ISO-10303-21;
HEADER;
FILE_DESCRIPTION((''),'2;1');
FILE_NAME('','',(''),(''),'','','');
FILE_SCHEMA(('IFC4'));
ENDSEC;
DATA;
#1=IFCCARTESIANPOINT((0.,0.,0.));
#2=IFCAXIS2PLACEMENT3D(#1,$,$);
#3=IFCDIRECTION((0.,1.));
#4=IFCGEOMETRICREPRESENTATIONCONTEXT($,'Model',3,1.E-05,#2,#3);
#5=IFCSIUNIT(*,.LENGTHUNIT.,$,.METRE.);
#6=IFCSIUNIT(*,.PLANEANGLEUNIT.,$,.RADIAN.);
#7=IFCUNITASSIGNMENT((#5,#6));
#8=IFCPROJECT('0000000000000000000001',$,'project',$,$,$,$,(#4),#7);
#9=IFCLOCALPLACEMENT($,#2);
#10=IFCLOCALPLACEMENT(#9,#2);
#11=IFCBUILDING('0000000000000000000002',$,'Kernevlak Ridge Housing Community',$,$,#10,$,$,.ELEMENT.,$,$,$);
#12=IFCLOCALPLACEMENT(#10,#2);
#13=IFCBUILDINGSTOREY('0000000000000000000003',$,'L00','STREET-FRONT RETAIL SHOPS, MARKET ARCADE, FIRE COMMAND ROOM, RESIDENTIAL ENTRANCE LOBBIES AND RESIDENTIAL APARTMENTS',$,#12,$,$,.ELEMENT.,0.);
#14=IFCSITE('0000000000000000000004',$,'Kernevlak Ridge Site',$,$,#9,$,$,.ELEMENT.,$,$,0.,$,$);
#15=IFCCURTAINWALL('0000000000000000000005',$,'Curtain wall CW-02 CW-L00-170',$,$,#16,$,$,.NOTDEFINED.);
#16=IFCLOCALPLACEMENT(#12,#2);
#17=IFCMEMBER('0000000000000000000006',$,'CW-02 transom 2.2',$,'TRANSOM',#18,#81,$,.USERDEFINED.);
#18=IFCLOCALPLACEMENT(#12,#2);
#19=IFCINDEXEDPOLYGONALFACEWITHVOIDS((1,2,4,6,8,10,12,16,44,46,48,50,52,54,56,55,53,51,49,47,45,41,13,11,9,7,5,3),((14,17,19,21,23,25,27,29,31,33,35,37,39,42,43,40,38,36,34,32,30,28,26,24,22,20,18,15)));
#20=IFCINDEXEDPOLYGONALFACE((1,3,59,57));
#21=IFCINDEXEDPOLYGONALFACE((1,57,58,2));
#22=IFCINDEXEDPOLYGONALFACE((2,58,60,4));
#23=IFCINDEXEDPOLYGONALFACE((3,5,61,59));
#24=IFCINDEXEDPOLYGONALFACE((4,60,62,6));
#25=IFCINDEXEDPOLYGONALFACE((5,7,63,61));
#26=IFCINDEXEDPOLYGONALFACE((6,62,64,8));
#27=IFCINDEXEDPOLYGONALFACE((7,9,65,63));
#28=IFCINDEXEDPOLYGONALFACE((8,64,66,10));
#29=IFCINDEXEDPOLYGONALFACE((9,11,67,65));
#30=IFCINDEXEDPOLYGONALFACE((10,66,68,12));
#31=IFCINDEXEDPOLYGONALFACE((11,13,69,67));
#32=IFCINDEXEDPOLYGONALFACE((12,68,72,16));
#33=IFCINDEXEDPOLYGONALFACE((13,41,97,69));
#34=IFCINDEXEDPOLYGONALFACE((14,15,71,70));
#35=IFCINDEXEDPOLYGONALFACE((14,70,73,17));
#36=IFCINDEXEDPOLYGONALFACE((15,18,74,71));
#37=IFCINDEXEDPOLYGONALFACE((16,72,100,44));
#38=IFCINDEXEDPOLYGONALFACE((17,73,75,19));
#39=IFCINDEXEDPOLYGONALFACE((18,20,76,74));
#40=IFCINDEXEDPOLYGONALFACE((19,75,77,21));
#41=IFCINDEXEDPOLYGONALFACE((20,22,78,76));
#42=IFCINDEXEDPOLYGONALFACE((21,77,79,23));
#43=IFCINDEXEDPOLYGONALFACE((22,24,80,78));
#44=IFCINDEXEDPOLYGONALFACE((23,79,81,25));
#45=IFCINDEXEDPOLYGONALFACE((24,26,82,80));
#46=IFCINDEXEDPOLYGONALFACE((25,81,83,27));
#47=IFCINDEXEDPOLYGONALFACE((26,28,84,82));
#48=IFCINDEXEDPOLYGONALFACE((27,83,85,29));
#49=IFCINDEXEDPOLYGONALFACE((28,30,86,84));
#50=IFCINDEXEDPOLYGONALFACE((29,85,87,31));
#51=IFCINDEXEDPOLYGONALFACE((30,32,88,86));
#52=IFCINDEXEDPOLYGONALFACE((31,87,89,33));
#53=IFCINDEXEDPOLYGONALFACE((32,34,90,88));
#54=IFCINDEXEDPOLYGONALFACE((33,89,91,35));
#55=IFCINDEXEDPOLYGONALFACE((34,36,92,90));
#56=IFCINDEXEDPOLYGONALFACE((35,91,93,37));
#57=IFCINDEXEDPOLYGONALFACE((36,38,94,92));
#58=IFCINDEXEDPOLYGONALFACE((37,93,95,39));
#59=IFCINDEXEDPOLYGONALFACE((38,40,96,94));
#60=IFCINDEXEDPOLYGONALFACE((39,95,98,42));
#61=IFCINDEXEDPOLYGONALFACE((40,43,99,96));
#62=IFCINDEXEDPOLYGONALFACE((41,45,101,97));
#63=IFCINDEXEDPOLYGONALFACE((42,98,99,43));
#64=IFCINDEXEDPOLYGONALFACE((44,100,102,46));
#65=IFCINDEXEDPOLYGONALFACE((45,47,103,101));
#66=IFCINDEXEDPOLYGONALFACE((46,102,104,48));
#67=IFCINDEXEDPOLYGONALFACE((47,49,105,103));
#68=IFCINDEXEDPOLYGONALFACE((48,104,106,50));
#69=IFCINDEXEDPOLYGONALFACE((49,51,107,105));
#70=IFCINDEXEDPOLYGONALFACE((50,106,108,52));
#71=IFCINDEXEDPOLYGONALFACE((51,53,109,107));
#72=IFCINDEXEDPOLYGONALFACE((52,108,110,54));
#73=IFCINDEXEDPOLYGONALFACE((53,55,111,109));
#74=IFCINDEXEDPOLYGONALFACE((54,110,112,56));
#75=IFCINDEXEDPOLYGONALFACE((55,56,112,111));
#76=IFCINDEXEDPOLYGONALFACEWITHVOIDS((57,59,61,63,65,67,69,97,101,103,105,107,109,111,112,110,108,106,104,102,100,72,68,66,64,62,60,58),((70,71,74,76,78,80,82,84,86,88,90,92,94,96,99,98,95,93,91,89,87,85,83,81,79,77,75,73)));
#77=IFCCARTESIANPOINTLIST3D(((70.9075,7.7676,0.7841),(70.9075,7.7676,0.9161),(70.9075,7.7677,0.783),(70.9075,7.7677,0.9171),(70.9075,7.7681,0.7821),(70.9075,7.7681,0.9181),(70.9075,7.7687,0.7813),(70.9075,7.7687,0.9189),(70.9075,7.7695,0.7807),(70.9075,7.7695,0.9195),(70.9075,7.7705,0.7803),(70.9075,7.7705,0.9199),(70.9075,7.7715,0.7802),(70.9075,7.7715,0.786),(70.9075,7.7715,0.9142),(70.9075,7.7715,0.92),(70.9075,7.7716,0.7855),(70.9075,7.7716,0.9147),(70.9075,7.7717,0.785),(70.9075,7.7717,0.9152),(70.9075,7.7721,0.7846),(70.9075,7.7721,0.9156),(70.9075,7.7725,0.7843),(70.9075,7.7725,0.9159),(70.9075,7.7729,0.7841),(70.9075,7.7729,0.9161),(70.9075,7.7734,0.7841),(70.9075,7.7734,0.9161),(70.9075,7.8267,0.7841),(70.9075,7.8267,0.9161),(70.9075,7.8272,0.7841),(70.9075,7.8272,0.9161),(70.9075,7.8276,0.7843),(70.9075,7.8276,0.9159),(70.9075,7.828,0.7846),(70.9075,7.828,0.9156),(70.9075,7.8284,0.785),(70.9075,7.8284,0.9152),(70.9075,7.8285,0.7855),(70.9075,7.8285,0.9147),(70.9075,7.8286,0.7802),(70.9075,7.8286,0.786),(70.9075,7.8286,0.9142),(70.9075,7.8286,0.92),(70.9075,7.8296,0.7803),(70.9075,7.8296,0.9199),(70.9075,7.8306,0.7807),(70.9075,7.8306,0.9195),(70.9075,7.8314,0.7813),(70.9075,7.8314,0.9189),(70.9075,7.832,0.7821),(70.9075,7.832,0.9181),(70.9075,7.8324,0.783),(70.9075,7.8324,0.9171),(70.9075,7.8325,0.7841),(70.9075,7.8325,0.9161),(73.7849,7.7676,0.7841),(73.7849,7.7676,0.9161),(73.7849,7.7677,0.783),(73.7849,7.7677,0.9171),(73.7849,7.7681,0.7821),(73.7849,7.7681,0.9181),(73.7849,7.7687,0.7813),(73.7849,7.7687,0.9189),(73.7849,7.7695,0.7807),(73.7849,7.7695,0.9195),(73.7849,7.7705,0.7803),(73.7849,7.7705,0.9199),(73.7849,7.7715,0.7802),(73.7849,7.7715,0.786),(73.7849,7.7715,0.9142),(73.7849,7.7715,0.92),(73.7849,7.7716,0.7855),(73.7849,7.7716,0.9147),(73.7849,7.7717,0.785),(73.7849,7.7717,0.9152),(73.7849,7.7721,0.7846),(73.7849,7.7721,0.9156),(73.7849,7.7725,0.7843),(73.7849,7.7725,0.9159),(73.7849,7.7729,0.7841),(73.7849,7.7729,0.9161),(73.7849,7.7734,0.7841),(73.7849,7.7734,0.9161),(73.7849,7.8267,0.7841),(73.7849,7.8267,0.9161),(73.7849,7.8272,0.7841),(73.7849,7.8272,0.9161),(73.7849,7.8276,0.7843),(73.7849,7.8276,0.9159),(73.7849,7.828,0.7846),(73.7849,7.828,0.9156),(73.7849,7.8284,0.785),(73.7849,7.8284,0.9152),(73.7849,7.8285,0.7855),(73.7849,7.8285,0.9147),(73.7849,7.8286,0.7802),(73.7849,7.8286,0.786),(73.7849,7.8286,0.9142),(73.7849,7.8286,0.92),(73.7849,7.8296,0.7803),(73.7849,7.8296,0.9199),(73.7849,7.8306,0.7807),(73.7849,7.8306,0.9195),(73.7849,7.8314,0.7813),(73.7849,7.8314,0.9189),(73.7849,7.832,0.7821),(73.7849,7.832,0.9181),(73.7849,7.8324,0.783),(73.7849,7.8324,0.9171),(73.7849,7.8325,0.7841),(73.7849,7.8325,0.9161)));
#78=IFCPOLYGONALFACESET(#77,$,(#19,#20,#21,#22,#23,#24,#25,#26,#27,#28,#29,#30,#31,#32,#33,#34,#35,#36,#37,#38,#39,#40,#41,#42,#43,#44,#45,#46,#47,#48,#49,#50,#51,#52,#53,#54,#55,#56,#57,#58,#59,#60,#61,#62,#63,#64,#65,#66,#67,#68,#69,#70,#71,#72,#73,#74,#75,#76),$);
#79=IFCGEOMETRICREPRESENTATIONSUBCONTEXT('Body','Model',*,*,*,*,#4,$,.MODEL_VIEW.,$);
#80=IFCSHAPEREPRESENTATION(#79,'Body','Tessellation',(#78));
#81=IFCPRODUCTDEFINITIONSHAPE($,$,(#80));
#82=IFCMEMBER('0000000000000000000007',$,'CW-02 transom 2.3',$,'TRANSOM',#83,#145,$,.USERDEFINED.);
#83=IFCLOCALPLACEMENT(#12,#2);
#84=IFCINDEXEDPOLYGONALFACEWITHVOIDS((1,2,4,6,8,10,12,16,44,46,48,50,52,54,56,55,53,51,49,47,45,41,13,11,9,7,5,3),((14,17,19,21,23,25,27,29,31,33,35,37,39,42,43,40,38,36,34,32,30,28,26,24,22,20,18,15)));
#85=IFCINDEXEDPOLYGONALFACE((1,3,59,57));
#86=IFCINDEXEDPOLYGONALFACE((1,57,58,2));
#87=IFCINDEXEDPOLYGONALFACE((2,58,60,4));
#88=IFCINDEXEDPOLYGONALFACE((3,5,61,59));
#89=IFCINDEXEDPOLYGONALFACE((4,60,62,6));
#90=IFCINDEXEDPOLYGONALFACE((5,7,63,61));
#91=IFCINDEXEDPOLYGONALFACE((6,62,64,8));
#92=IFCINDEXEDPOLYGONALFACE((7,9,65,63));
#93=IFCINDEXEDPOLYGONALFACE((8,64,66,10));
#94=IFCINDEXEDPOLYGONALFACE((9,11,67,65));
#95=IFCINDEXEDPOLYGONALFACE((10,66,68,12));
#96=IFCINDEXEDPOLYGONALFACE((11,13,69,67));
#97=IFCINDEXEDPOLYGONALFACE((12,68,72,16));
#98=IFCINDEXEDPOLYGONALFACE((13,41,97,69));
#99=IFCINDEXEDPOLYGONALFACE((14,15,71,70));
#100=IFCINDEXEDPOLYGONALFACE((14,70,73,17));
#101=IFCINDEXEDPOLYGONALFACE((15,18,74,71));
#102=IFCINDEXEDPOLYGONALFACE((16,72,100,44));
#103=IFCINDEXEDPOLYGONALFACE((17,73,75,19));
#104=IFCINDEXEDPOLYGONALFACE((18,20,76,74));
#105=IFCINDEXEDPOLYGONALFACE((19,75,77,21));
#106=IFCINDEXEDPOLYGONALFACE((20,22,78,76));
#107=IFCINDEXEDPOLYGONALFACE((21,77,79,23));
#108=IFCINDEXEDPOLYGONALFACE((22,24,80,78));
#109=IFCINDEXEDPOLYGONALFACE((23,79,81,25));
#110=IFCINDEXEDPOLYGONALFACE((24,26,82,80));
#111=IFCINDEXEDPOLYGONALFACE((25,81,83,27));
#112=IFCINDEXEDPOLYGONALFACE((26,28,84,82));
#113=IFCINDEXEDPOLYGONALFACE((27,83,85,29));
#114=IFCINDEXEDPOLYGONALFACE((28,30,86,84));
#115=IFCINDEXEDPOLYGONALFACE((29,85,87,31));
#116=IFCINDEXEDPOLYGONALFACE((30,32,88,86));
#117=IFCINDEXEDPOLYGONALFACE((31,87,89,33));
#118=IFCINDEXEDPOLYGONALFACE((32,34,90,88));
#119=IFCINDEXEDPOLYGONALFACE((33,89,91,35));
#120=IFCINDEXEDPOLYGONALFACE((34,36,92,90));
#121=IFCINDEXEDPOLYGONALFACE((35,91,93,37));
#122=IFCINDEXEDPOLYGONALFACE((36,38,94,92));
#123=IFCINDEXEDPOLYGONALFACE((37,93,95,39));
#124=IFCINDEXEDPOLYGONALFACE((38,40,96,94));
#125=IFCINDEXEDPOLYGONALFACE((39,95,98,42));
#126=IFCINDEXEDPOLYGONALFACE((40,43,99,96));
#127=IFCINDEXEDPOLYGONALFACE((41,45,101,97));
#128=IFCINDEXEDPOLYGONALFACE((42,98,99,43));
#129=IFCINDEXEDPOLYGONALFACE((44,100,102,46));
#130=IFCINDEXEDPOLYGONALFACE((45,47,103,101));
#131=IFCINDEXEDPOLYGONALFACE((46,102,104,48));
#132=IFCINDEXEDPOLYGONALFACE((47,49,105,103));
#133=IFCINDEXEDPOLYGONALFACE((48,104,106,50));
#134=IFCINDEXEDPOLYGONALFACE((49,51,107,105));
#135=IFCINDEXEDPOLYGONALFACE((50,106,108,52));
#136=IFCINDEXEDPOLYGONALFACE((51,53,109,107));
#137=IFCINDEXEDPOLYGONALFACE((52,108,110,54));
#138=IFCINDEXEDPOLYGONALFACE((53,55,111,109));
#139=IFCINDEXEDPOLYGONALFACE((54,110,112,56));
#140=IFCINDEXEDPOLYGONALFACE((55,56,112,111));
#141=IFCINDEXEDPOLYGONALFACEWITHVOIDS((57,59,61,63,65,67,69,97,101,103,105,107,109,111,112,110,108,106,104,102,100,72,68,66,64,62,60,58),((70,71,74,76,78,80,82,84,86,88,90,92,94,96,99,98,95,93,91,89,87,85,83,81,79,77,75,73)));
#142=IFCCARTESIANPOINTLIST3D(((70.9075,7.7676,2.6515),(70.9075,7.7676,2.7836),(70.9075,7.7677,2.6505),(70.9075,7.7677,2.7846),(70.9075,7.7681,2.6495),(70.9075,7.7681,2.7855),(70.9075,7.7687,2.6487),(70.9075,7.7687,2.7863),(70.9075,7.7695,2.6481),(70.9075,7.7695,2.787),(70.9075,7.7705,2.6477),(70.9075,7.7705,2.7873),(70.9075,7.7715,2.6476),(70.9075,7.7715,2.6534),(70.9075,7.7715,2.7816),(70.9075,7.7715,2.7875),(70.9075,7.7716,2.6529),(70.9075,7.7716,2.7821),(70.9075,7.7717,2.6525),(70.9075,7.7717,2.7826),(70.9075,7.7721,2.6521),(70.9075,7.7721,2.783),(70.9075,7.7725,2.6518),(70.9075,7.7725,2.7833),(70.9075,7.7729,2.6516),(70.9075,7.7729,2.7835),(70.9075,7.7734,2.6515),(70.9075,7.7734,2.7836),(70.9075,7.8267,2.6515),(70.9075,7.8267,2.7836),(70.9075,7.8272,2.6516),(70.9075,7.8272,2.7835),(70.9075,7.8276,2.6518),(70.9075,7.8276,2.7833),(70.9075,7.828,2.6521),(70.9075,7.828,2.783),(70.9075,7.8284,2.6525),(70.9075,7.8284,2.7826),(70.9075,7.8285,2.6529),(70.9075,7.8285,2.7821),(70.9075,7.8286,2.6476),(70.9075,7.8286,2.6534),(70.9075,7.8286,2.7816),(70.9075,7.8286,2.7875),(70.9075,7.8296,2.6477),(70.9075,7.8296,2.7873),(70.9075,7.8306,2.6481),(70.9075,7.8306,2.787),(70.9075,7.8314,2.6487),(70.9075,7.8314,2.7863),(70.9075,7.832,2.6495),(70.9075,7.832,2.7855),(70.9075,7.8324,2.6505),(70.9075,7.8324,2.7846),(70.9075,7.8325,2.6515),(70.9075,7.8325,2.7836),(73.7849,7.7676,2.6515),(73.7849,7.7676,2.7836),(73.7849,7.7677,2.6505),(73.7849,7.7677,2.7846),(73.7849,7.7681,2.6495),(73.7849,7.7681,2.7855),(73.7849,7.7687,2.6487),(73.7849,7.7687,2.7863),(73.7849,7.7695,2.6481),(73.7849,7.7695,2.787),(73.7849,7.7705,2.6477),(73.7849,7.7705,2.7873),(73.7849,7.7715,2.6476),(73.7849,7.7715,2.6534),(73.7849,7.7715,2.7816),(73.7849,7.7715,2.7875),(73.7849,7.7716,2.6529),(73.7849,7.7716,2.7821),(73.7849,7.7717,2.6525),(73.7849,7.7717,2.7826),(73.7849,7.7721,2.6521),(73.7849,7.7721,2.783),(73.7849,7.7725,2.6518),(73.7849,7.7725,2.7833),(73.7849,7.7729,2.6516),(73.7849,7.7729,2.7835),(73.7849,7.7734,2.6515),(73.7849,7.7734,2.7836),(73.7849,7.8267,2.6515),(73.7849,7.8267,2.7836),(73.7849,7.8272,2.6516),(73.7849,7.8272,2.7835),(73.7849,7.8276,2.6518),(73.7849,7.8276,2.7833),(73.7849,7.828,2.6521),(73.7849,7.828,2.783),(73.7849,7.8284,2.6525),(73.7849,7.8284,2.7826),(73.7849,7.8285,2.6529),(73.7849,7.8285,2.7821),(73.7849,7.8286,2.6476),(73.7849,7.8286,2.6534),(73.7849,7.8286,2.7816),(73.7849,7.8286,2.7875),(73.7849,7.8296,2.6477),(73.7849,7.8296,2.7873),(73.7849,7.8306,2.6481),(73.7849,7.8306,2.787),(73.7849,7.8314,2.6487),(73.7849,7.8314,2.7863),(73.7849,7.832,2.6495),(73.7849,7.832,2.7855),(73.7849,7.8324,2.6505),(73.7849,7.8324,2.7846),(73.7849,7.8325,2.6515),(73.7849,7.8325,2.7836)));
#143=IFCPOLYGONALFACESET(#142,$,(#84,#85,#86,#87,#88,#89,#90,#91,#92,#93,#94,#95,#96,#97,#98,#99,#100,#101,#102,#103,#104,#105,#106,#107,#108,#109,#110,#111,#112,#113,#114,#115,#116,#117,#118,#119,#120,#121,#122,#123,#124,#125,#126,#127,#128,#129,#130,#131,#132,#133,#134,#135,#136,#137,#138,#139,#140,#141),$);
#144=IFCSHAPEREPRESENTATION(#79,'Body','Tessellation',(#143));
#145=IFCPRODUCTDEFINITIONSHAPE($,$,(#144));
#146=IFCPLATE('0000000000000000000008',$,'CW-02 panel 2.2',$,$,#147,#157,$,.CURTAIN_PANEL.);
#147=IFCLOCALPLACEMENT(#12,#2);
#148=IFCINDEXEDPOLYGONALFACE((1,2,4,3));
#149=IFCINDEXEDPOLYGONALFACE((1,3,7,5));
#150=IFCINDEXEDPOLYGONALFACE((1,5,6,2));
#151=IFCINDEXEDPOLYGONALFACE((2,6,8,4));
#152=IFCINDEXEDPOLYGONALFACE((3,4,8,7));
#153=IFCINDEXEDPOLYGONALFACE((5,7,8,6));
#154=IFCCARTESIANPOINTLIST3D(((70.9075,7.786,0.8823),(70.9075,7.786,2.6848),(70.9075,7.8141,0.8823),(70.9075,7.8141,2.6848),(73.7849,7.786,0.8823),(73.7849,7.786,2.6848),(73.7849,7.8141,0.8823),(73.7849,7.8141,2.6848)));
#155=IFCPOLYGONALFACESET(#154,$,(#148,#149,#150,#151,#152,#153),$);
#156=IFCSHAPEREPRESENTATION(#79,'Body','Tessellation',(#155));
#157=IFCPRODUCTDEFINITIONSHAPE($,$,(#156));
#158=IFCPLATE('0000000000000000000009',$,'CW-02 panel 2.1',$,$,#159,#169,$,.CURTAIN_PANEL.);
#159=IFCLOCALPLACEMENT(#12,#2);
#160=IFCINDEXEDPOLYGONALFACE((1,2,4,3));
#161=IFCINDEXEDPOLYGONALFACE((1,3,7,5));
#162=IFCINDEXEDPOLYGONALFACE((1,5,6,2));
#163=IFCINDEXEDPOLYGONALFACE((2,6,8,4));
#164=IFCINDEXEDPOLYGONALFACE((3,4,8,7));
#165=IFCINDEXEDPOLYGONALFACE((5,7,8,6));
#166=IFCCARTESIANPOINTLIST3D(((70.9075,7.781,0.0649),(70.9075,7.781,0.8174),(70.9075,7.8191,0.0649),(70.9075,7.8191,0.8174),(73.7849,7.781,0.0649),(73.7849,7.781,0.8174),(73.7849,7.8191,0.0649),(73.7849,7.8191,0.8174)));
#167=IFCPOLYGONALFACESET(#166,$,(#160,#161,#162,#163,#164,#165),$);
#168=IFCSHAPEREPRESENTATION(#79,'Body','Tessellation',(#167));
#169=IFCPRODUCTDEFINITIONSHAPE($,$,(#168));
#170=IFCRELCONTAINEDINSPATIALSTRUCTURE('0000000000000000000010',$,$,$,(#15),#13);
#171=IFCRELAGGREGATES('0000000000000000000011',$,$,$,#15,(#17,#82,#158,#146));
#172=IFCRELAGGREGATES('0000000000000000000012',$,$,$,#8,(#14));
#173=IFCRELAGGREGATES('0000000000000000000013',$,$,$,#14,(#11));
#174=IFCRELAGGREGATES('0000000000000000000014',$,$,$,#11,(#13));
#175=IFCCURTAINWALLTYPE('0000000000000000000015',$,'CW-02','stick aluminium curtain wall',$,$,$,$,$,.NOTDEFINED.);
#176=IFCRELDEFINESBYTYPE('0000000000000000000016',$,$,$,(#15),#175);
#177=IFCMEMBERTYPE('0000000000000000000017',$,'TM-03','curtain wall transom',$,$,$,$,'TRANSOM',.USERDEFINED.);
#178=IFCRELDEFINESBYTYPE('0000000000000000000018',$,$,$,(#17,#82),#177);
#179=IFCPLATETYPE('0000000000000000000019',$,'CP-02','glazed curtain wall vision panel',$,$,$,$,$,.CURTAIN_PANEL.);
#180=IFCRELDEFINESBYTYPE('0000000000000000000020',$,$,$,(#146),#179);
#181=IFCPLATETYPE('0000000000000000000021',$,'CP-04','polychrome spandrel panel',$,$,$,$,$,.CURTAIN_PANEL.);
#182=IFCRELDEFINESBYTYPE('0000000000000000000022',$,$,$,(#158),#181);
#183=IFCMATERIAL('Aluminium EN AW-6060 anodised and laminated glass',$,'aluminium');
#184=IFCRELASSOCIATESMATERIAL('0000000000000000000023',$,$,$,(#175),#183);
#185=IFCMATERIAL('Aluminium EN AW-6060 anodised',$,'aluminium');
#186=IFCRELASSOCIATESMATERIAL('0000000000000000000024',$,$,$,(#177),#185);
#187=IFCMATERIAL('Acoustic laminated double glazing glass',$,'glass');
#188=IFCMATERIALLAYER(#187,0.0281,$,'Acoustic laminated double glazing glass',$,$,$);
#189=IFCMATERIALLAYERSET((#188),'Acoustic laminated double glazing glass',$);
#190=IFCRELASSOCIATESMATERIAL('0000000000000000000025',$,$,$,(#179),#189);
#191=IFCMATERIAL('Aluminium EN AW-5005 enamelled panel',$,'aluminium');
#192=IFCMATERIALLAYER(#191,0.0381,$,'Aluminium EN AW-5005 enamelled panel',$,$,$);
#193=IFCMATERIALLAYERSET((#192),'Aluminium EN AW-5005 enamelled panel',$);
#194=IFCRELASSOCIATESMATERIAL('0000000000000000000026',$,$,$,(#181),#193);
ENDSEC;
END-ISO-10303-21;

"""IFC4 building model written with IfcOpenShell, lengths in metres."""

from ifc_helpers import new_model, si_unit, direction, frame, origin, origin_2d, place, context, subcontext, project, spatial, rectangle, hollow_rectangle, extrude, material, layer, layer_set, material_profile, profile_set, type_object, element, aggregate, save


model = new_model("IFC4")

# Units and contexts
model_context = context("Model", 3, precision=1e-05, world=origin(), true_north=direction((0.0, 1.0)))
body_context = subcontext(model_context, "Body", "Model", "MODEL_VIEW")
ifc_project = project(units=[si_unit("LENGTHUNIT", "METRE"), si_unit("PLANEANGLEUNIT", "RADIAN")], contexts=[model_context])

# Site, building, storey
site_placement = place(None, origin())
site = spatial("IfcSite", under=ifc_project, at=site_placement, Name="Kernevlak Ridge Site", CompositionType="ELEMENT", RefElevation=0.0)
building_placement = place(site_placement, origin())
building = spatial("IfcBuilding", under=site, at=building_placement, Name="Kernevlak Ridge Housing Community", CompositionType="ELEMENT")
storey_placement = place(building_placement, origin())
storey = spatial("IfcBuildingStorey", under=building, at=storey_placement, Name="L00", Description="STREET-FRONT RETAIL SHOPS, MARKET ARCADE, FIRE COMMAND ROOM, RESIDENTIAL ENTRANCE LOBBIES AND RESIDENTIAL APARTMENTS", CompositionType="ELEMENT", Elevation=0.0)

# Curtain wall, members, plates
ifc_material_1 = material(Name="Aluminium EN AW-6060 anodised and laminated glass", Category="aluminium")
curtain_wall_type = type_object("IfcCurtainWallType", Name="CW-02", Description="stick aluminium curtain wall", PredefinedType="NOTDEFINED", material=ifc_material_1)
curtain_wall_placement = place(storey_placement, origin())
curtain_wall = element("IfcCurtainWall", 1, at=curtain_wall_placement, inside=storey, type_object=curtain_wall_type, Name="Curtain wall CW-02 CW-L00-170", PredefinedType="NOTDEFINED")
ifc_material_2 = material(Name="Aluminium EN AW-6060 anodised", Category="aluminium")
ifc_material_profile_1 = material_profile(ifc_material_2, hollow_rectangle(XDim=0.0649, YDim=0.1399, WallThickness=0.0039, InnerFilletRadius=0.002, OuterFilletRadius=0.0039, at=origin_2d()), Name="ALU 65x140x4")
ifc_profile_set_1 = profile_set([ifc_material_profile_1], Name="Aluminium EN AW-6060 anodised")
member_type_1 = type_object("IfcMemberType", Name="TM-03", Description="curtain wall transom", ElementType="TRANSOM", PredefinedType="USERDEFINED", material=ifc_profile_set_1)
member_1_placement = place(storey_placement, frame((70.9075, 7.8, 0.8501), z_axis=(1.0, 0.0, 0.0), x_axis=(0.0, 1.0, 0.0)))
member_1 = element("IfcMember", 2, at=member_1_placement, type_object=member_type_1, Name="CW-02 transom 2.2", ObjectType="TRANSOM", PredefinedType="USERDEFINED", context=body_context, shape_type="SweptSolid", body=[
    extrude(hollow_rectangle(XDim=0.0649, YDim=0.1399, WallThickness=0.0039, InnerFilletRadius=0.002, OuterFilletRadius=0.0039, at=origin_2d()), origin(), (0.0, 0.0, 1.0), 2.8774),
])
member_2_placement = place(storey_placement, frame((70.9075, 7.8, 2.7175), z_axis=(1.0, 0.0, 0.0), x_axis=(0.0, 1.0, 0.0)))
member_2 = element("IfcMember", 3, at=member_2_placement, type_object=member_type_1, Name="CW-02 transom 2.3", ObjectType="TRANSOM", PredefinedType="USERDEFINED", context=body_context, shape_type="SweptSolid", body=[
    extrude(hollow_rectangle(XDim=0.0649, YDim=0.1399, WallThickness=0.0039, InnerFilletRadius=0.002, OuterFilletRadius=0.0039, at=origin_2d()), origin(), (0.0, 0.0, 1.0), 2.8774),
])
ifc_material_3 = material(Name="Acoustic laminated double glazing glass", Category="glass")
ifc_layer_1 = layer(ifc_material_3, 0.0281, Name="Acoustic laminated double glazing glass")
ifc_layer_set_1 = layer_set([ifc_layer_1], Name="Acoustic laminated double glazing glass")
plate_type_1 = type_object("IfcPlateType", Name="CP-02", Description="glazed curtain wall vision panel", PredefinedType="CURTAIN_PANEL", material=ifc_layer_set_1)
plate_1_placement = place(storey_placement, frame((72.3462, 7.8, 0.8823), z_axis=(0.0, 0.0, 1.0), x_axis=(1.0, 0.0, 0.0)))
plate_1 = element("IfcPlate", 4, at=plate_1_placement, type_object=plate_type_1, Name="CW-02 panel 2.2", PredefinedType="CURTAIN_PANEL", context=body_context, shape_type="SweptSolid", body=[
    extrude(rectangle(XDim=2.8774, YDim=0.0281, at=origin_2d()), origin(), (0.0, 0.0, 1.0), 1.8025),
])
ifc_material_4 = material(Name="Aluminium EN AW-5005 enamelled panel", Category="aluminium")
ifc_layer_2 = layer(ifc_material_4, 0.0381, Name="Aluminium EN AW-5005 enamelled panel")
ifc_layer_set_2 = layer_set([ifc_layer_2], Name="Aluminium EN AW-5005 enamelled panel")
plate_type_2 = type_object("IfcPlateType", Name="CP-04", Description="polychrome spandrel panel", PredefinedType="CURTAIN_PANEL", material=ifc_layer_set_2)
plate_2_placement = place(storey_placement, frame((72.3462, 7.8, 0.0649), z_axis=(0.0, 0.0, 1.0), x_axis=(1.0, 0.0, 0.0)))
plate_2 = element("IfcPlate", 5, at=plate_2_placement, type_object=plate_type_2, Name="CW-02 panel 2.1", PredefinedType="CURTAIN_PANEL", context=body_context, shape_type="SweptSolid", body=[
    extrude(rectangle(XDim=2.8774, YDim=0.0381, at=origin_2d()), origin(), (0.0, 0.0, 1.0), 0.7524),
])
aggregate(curtain_wall, [member_1, member_2, plate_2, plate_1])

save(model, "model.ifc")
